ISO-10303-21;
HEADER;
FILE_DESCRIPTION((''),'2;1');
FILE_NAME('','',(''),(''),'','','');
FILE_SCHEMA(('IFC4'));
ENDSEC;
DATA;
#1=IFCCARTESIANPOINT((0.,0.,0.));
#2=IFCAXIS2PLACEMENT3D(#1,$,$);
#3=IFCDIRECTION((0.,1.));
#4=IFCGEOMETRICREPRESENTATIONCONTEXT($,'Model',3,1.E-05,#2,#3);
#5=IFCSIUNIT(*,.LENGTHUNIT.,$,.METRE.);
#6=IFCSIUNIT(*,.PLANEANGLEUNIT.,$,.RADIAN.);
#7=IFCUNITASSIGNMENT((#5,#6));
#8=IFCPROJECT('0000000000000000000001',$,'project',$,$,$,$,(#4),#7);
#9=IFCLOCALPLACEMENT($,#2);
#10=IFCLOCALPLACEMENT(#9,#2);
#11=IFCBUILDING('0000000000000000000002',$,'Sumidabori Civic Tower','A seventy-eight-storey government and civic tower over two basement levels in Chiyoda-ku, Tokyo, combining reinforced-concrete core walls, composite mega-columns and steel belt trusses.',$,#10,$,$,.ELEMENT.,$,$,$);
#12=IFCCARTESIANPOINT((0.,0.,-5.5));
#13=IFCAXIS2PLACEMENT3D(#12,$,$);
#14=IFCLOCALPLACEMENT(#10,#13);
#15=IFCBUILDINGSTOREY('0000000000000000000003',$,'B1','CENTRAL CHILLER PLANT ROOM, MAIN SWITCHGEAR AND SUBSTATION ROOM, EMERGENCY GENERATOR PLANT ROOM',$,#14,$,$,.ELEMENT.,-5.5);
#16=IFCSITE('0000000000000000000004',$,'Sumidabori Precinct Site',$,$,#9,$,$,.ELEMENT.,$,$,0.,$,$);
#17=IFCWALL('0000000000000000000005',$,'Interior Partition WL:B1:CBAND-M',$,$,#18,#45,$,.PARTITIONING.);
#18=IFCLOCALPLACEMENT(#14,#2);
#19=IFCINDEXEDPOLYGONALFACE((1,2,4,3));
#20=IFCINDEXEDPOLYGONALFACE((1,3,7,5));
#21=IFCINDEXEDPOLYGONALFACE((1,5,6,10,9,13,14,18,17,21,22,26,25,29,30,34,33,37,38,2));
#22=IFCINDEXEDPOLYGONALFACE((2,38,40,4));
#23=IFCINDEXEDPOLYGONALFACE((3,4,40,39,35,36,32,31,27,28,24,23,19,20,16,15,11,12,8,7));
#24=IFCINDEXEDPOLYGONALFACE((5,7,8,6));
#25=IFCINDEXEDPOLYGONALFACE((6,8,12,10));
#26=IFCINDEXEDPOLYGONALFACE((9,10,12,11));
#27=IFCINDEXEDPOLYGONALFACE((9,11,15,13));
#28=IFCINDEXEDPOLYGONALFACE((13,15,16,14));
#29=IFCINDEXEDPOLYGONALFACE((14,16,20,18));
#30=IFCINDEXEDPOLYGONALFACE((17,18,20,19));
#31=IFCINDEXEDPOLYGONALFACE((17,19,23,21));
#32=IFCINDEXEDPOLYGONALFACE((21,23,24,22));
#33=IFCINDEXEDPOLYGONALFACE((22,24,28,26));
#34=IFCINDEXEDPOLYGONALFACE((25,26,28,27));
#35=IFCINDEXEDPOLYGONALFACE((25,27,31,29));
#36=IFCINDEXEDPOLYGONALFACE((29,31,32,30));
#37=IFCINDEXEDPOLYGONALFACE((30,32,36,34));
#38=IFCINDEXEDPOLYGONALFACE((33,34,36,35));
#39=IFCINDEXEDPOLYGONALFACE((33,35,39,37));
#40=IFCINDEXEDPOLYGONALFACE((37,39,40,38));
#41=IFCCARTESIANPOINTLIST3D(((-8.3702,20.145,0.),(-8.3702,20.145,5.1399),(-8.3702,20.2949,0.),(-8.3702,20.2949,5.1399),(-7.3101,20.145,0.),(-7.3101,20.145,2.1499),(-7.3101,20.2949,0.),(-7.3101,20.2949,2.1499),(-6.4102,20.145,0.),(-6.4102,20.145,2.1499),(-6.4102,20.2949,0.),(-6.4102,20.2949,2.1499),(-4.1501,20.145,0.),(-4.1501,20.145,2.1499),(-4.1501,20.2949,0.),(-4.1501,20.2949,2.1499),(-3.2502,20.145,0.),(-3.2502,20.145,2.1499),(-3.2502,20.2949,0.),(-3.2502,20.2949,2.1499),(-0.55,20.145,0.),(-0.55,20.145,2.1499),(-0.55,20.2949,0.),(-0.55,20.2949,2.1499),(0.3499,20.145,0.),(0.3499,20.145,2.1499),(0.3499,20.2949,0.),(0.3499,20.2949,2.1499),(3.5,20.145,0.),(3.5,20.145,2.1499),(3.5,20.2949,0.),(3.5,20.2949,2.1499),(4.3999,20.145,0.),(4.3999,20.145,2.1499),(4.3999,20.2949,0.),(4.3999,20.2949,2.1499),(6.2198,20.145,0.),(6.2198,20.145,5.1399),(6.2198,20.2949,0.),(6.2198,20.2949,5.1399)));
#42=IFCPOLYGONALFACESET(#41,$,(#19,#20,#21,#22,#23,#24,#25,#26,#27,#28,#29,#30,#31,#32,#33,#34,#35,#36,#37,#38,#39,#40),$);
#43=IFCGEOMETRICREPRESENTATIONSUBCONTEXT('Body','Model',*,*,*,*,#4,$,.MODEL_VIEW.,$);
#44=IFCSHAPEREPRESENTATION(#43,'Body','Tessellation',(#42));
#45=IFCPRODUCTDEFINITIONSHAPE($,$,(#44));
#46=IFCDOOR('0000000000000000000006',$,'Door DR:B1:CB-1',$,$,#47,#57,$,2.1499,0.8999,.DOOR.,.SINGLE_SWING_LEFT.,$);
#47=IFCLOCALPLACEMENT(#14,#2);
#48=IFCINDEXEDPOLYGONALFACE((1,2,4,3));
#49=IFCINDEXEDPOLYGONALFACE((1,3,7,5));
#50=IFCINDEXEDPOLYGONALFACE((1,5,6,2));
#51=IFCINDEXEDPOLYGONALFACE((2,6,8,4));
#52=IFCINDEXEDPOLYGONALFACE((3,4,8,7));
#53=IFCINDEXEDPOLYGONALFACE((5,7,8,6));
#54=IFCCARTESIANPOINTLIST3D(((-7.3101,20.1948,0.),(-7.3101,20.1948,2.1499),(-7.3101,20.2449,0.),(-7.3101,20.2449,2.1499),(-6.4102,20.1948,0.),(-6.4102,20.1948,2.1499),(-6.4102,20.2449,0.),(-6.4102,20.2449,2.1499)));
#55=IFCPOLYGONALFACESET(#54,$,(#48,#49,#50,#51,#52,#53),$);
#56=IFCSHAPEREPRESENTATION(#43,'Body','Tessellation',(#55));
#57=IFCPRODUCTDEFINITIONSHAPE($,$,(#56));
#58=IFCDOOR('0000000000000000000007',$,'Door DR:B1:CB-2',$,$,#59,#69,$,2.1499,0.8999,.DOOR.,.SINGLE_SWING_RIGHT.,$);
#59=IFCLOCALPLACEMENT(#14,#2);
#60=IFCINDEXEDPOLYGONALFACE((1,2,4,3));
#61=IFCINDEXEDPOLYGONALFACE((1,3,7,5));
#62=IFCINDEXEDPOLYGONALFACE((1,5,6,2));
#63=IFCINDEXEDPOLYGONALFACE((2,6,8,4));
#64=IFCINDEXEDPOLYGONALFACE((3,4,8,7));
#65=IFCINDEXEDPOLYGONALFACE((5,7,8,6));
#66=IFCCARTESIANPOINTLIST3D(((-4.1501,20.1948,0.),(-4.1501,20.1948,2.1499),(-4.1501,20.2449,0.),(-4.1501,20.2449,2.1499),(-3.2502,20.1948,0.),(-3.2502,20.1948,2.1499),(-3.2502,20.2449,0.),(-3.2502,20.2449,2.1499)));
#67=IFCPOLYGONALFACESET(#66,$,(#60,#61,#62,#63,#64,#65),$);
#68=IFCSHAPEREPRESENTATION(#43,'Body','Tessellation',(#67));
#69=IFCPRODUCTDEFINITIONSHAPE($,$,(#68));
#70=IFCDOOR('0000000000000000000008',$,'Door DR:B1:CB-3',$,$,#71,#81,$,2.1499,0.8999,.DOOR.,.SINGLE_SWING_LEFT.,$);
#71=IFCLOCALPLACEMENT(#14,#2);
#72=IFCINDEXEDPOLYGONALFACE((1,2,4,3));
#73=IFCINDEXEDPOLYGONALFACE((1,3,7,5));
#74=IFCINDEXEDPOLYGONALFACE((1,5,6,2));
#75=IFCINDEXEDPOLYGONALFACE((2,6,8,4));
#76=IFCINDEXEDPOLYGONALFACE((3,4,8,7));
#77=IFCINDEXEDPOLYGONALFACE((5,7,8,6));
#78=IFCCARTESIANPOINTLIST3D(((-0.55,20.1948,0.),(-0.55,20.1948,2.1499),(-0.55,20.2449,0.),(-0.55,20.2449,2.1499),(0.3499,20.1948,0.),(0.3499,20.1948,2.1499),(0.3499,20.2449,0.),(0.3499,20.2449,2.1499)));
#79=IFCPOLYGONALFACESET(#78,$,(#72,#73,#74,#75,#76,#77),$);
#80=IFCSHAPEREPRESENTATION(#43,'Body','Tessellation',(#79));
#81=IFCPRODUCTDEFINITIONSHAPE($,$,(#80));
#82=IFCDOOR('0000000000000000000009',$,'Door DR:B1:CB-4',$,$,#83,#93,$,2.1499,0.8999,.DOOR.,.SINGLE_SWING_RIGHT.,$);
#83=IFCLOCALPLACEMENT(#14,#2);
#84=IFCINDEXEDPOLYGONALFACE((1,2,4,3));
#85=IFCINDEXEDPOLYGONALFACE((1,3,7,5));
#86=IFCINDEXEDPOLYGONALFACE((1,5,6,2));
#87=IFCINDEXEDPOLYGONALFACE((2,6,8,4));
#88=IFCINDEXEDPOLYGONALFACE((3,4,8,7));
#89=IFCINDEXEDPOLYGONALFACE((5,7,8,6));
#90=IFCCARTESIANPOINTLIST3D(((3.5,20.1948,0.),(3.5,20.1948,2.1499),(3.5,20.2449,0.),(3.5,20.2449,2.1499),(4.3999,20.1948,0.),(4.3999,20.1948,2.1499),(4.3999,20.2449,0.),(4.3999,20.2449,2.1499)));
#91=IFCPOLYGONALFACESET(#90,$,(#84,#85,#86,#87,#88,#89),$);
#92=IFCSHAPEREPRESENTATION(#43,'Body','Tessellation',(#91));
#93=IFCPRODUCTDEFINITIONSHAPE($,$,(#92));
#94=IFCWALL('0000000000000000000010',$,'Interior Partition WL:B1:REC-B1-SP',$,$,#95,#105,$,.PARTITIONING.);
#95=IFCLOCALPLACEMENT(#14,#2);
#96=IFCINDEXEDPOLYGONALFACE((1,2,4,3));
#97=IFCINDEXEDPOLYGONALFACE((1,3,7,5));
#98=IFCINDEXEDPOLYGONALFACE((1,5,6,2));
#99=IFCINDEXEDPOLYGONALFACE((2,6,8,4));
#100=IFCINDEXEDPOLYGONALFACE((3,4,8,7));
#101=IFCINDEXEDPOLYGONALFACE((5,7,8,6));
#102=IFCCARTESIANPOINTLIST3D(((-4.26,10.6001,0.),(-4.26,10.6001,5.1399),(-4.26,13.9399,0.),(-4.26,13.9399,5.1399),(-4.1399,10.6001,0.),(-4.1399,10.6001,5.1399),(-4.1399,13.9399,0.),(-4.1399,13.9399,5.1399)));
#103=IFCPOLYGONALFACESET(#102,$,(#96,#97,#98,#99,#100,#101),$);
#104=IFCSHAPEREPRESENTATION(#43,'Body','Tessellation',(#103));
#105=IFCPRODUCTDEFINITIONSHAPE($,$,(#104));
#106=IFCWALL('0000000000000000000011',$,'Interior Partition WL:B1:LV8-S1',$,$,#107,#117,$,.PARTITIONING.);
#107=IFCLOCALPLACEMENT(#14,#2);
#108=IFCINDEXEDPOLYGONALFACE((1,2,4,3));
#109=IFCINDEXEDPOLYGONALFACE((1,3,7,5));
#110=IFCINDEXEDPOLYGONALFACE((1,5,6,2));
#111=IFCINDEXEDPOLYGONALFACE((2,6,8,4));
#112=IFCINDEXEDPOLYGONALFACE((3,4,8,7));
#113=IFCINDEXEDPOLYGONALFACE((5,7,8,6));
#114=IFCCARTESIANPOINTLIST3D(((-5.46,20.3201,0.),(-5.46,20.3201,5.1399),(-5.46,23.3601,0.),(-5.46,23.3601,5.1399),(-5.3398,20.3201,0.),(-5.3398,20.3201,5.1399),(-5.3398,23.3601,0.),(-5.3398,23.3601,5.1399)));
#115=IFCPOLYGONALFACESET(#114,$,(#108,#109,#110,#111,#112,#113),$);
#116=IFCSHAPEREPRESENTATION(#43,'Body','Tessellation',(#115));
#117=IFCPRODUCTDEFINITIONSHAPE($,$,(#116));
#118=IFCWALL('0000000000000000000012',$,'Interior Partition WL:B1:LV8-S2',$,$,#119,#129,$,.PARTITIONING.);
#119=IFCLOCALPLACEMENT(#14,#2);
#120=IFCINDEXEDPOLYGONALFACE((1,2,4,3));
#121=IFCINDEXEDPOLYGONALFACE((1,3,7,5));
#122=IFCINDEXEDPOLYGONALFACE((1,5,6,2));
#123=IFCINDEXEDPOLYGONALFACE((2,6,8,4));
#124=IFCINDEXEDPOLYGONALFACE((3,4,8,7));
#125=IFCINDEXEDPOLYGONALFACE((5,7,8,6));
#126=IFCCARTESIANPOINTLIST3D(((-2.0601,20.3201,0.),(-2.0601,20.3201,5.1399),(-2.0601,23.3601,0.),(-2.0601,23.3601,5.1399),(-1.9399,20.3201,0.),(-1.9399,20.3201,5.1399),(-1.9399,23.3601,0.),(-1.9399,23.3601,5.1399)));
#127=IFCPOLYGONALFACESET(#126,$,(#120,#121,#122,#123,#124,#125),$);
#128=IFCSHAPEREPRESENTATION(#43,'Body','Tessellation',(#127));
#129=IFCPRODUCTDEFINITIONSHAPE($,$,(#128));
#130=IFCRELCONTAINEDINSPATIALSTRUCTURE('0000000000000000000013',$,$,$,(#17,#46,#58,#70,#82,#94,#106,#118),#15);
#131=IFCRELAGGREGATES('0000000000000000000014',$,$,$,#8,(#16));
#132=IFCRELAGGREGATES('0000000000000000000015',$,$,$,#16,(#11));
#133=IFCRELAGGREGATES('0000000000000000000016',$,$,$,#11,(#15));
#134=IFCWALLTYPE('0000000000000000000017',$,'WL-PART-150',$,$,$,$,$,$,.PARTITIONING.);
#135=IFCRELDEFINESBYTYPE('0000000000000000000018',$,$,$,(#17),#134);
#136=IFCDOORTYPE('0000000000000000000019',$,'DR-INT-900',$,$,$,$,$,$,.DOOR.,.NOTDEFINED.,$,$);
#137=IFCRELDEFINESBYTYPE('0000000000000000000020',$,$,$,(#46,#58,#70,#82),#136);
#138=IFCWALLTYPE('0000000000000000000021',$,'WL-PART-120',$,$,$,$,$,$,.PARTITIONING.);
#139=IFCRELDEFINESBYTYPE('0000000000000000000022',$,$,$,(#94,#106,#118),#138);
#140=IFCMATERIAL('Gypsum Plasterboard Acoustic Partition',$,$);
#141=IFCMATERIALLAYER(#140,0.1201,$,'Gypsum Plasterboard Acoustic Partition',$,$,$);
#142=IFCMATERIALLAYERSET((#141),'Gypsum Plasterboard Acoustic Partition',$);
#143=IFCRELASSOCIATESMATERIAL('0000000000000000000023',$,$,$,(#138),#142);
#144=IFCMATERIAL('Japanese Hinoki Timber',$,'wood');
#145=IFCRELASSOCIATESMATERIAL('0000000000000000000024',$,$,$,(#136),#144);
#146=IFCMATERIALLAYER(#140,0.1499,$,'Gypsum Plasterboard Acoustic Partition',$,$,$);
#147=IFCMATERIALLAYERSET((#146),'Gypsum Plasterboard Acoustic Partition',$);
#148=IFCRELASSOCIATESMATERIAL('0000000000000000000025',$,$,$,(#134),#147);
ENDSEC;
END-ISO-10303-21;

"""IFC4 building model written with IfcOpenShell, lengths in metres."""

from ifc_helpers import new_model, si_unit, direction, frame, frame_2d, origin, place, context, subcontext, project, spatial, rectangle, extrude, source, transform, mapped, material, layer, layer_set, type_object, element, fill, save


model = new_model("IFC4")

# Units and contexts
model_context = context("Model", 3, precision=1e-05, world=origin(), true_north=direction((0.0, 1.0)))
body_context = subcontext(model_context, "Body", "Model", "MODEL_VIEW")
ifc_project = project(units=[si_unit("LENGTHUNIT", "METRE"), si_unit("PLANEANGLEUNIT", "RADIAN")], contexts=[model_context])

# Site, building, storey
site_placement = place(None, origin())
site = spatial("IfcSite", under=ifc_project, at=site_placement, Name="Sumidabori Precinct Site", CompositionType="ELEMENT", RefElevation=0.0)
building_placement = place(site_placement, origin())
building = spatial("IfcBuilding", under=site, at=building_placement, Name="Sumidabori Civic Tower", Description="A seventy-eight-storey government and civic tower over two basement levels in Chiyoda-ku, Tokyo, combining reinforced-concrete core walls, composite mega-columns and steel belt trusses.", CompositionType="ELEMENT")
storey_placement = place(building_placement, frame((0.0, 0.0, -5.5)))
storey = spatial("IfcBuildingStorey", under=building, at=storey_placement, Name="B1", Description="CENTRAL CHILLER PLANT ROOM, MAIN SWITCHGEAR AND SUBSTATION ROOM, EMERGENCY GENERATOR PLANT ROOM", CompositionType="ELEMENT", Elevation=-5.5)

# Shared definitions
ifc_material_1 = material(Name="Gypsum Plasterboard Acoustic Partition")
ifc_layer_1 = layer(ifc_material_1, 0.1201, Name="Gypsum Plasterboard Acoustic Partition")
ifc_layer_set_1 = layer_set([ifc_layer_1], Name="Gypsum Plasterboard Acoustic Partition")
wall_type_1 = type_object("IfcWallType", Name="WL-PART-120", PredefinedType="PARTITIONING", material=ifc_layer_set_1)

# Shared definitions
ifc_material_2 = material(Name="Japanese Hinoki Timber", Category="wood")
door_type_1 = type_object("IfcDoorType", Name="DR-INT-900", OperationType="NOTDEFINED", PredefinedType="DOOR", material=ifc_material_2)
shared_shape_1 = source(origin(), body_context, "Body", "SweptSolid", [
    extrude(rectangle(XDim=0.8999, YDim=2.1499, at=frame_2d((0.45, 1.075))), frame((0.0, 0.0249, 0.0), z_axis=(0.0, -1.0, 0.0), x_axis=(1.0, 0.0, 0.0)), (0.0, 0.0, 1.0), 0.05),
])

# Wall, openings, doors
ifc_layer_2 = layer(ifc_material_1, 0.1499, Name="Gypsum Plasterboard Acoustic Partition")
ifc_layer_set_2 = layer_set([ifc_layer_2], Name="Gypsum Plasterboard Acoustic Partition")
wall_type_2 = type_object("IfcWallType", Name="WL-PART-150", PredefinedType="PARTITIONING", material=ifc_layer_set_2)
shared_shape_2 = source(origin(), body_context, "Body", "SweptSolid", [
    extrude(rectangle(XDim=14.5901, YDim=0.1499, at=frame_2d((7.2949, 0.0))), origin(), (0.0, 0.0, 1.0), 5.1399),
])
wall_1_placement = place(storey_placement, frame((-8.3701, 20.22, 0.0), z_axis=(0.0, 0.0, 1.0), x_axis=(1.0, 0.0, 0.0)))
wall_1 = element("IfcWall", 1, at=wall_1_placement, inside=storey, type_object=wall_type_2, Name="Interior Partition WL:B1:CBAND-M", PredefinedType="PARTITIONING", context=body_context, shape_type="MappedRepresentation", body=[
    mapped(shared_shape_2, transform((0.0, 0.0, 0.0), x_axis=(1.0, 0.0, 0.0), y_axis=(0.0, 1.0, 0.0), z_axis=(0.0, 0.0, 1.0), scale=1.0)),
])
opening_1_placement = place(wall_1_placement, frame((1.0601, 0.0, 0.0)))
opening_1 = element("IfcOpeningElement", 2, at=opening_1_placement, cuts=wall_1, PredefinedType="OPENING", context=body_context, shape_type="SweptSolid", body=[
    extrude(rectangle(XDim=0.8999, YDim=2.1499, at=frame_2d((0.45, 1.075))), frame((0.0, 0.0869, 0.0), z_axis=(0.0, -1.0, 0.0), x_axis=(1.0, 0.0, 0.0)), (0.0, 0.0, 1.0), 0.1738),
])
opening_2_placement = place(wall_1_placement, frame((4.22, 0.0, 0.0)))
opening_2 = element("IfcOpeningElement", 3, at=opening_2_placement, cuts=wall_1, PredefinedType="OPENING", context=body_context, shape_type="SweptSolid", body=[
    extrude(rectangle(XDim=0.8999, YDim=2.1499, at=frame_2d((0.45, 1.075))), frame((0.0, 0.0869, 0.0), z_axis=(0.0, -1.0, 0.0), x_axis=(1.0, 0.0, 0.0)), (0.0, 0.0, 1.0), 0.1738),
])
opening_3_placement = place(wall_1_placement, frame((7.8201, 0.0, 0.0)))
opening_3 = element("IfcOpeningElement", 4, at=opening_3_placement, cuts=wall_1, PredefinedType="OPENING", context=body_context, shape_type="SweptSolid", body=[
    extrude(rectangle(XDim=0.8999, YDim=2.1499, at=frame_2d((0.45, 1.075))), frame((0.0, 0.0869, 0.0), z_axis=(0.0, -1.0, 0.0), x_axis=(1.0, 0.0, 0.0)), (0.0, 0.0, 1.0), 0.1738),
])
opening_4_placement = place(wall_1_placement, frame((11.8701, 0.0, 0.0)))
opening_4 = element("IfcOpeningElement", 5, at=opening_4_placement, cuts=wall_1, PredefinedType="OPENING", context=body_context, shape_type="SweptSolid", body=[
    extrude(rectangle(XDim=0.8999, YDim=2.1499, at=frame_2d((0.45, 1.075))), frame((0.0, 0.0869, 0.0), z_axis=(0.0, -1.0, 0.0), x_axis=(1.0, 0.0, 0.0)), (0.0, 0.0, 1.0), 0.1738),
])
door_1_placement = place(opening_1_placement, origin())
door_1 = element("IfcDoor", 6, at=door_1_placement, inside=storey, type_object=door_type_1, Name="Door DR:B1:CB-1", OperationType="SINGLE_SWING_LEFT", OverallHeight=2.1499, OverallWidth=0.8999, PredefinedType="DOOR", context=body_context, shape_type="MappedRepresentation", body=[
    mapped(shared_shape_1, transform((0.0, 0.0, 0.0), x_axis=(1.0, 0.0, 0.0), y_axis=(0.0, 1.0, 0.0), z_axis=(0.0, 0.0, 1.0), scale=1.0)),
])
fill(opening_1, door_1)
door_2_placement = place(opening_2_placement, origin())
door_2 = element("IfcDoor", 7, at=door_2_placement, inside=storey, type_object=door_type_1, Name="Door DR:B1:CB-2", OperationType="SINGLE_SWING_RIGHT", OverallHeight=2.1499, OverallWidth=0.8999, PredefinedType="DOOR", context=body_context, shape_type="MappedRepresentation", body=[
    mapped(shared_shape_1, transform((0.0, 0.0, 0.0), x_axis=(1.0, 0.0, 0.0), y_axis=(0.0, 1.0, 0.0), z_axis=(0.0, 0.0, 1.0), scale=1.0)),
])
fill(opening_2, door_2)
door_3_placement = place(opening_3_placement, origin())
door_3 = element("IfcDoor", 8, at=door_3_placement, inside=storey, type_object=door_type_1, Name="Door DR:B1:CB-3", OperationType="SINGLE_SWING_LEFT", OverallHeight=2.1499, OverallWidth=0.8999, PredefinedType="DOOR", context=body_context, shape_type="MappedRepresentation", body=[
    mapped(shared_shape_1, transform((0.0, 0.0, 0.0), x_axis=(1.0, 0.0, 0.0), y_axis=(0.0, 1.0, 0.0), z_axis=(0.0, 0.0, 1.0), scale=1.0)),
])
fill(opening_3, door_3)
door_4_placement = place(opening_4_placement, origin())
door_4 = element("IfcDoor", 9, at=door_4_placement, inside=storey, type_object=door_type_1, Name="Door DR:B1:CB-4", OperationType="SINGLE_SWING_RIGHT", OverallHeight=2.1499, OverallWidth=0.8999, PredefinedType="DOOR", context=body_context, shape_type="MappedRepresentation", body=[
    mapped(shared_shape_1, transform((0.0, 0.0, 0.0), x_axis=(1.0, 0.0, 0.0), y_axis=(0.0, 1.0, 0.0), z_axis=(0.0, 0.0, 1.0), scale=1.0)),
])
fill(opening_4, door_4)

# Walls
shared_shape_3 = source(origin(), body_context, "Body", "SweptSolid", [
    extrude(rectangle(XDim=3.3398, YDim=0.1201, at=frame_2d((1.6699, 0.0))), origin(), (0.0, 0.0, 1.0), 5.1399),
])
wall_2_placement = place(storey_placement, frame((-4.2, 10.6001, 0.0), z_axis=(0.0, 0.0, 1.0), x_axis=(0.0, 1.0, 0.0)))
element("IfcWall", 10, at=wall_2_placement, inside=storey, type_object=wall_type_1, Name="Interior Partition WL:B1:REC-B1-SP", PredefinedType="PARTITIONING", context=body_context, shape_type="MappedRepresentation", body=[
    mapped(shared_shape_3, transform((0.0, 0.0, 0.0), x_axis=(1.0, 0.0, 0.0), y_axis=(0.0, 1.0, 0.0), z_axis=(0.0, 0.0, 1.0), scale=1.0)),
])
shared_shape_4 = source(origin(), body_context, "Body", "SweptSolid", [
    extrude(rectangle(XDim=3.04, YDim=0.1201, at=frame_2d((1.52, 0.0))), origin(), (0.0, 0.0, 1.0), 5.1399),
])
for number, where, z_axis, x_axis, name in (
    (11, (-5.3999, 20.3201, 0.0), (0.0, 0.0, 1.0), (0.0, 1.0, 0.0), "Interior Partition WL:B1:LV8-S1"),
    (12, (-2.0, 20.3201, 0.0), (0.0, 0.0, 1.0), (0.0, 1.0, 0.0), "Interior Partition WL:B1:LV8-S2"),
):
    element("IfcWall", number, at=place(storey_placement, frame(where, z_axis=z_axis, x_axis=x_axis)), inside=storey, type_object=wall_type_1, Name=name, PredefinedType="PARTITIONING", context=body_context, shape_type="MappedRepresentation", body=[
        mapped(shared_shape_4, transform((0.0, 0.0, 0.0), x_axis=(1.0, 0.0, 0.0), y_axis=(0.0, 1.0, 0.0), z_axis=(0.0, 0.0, 1.0), scale=1.0)),
    ])

save(model, "model.ifc")
